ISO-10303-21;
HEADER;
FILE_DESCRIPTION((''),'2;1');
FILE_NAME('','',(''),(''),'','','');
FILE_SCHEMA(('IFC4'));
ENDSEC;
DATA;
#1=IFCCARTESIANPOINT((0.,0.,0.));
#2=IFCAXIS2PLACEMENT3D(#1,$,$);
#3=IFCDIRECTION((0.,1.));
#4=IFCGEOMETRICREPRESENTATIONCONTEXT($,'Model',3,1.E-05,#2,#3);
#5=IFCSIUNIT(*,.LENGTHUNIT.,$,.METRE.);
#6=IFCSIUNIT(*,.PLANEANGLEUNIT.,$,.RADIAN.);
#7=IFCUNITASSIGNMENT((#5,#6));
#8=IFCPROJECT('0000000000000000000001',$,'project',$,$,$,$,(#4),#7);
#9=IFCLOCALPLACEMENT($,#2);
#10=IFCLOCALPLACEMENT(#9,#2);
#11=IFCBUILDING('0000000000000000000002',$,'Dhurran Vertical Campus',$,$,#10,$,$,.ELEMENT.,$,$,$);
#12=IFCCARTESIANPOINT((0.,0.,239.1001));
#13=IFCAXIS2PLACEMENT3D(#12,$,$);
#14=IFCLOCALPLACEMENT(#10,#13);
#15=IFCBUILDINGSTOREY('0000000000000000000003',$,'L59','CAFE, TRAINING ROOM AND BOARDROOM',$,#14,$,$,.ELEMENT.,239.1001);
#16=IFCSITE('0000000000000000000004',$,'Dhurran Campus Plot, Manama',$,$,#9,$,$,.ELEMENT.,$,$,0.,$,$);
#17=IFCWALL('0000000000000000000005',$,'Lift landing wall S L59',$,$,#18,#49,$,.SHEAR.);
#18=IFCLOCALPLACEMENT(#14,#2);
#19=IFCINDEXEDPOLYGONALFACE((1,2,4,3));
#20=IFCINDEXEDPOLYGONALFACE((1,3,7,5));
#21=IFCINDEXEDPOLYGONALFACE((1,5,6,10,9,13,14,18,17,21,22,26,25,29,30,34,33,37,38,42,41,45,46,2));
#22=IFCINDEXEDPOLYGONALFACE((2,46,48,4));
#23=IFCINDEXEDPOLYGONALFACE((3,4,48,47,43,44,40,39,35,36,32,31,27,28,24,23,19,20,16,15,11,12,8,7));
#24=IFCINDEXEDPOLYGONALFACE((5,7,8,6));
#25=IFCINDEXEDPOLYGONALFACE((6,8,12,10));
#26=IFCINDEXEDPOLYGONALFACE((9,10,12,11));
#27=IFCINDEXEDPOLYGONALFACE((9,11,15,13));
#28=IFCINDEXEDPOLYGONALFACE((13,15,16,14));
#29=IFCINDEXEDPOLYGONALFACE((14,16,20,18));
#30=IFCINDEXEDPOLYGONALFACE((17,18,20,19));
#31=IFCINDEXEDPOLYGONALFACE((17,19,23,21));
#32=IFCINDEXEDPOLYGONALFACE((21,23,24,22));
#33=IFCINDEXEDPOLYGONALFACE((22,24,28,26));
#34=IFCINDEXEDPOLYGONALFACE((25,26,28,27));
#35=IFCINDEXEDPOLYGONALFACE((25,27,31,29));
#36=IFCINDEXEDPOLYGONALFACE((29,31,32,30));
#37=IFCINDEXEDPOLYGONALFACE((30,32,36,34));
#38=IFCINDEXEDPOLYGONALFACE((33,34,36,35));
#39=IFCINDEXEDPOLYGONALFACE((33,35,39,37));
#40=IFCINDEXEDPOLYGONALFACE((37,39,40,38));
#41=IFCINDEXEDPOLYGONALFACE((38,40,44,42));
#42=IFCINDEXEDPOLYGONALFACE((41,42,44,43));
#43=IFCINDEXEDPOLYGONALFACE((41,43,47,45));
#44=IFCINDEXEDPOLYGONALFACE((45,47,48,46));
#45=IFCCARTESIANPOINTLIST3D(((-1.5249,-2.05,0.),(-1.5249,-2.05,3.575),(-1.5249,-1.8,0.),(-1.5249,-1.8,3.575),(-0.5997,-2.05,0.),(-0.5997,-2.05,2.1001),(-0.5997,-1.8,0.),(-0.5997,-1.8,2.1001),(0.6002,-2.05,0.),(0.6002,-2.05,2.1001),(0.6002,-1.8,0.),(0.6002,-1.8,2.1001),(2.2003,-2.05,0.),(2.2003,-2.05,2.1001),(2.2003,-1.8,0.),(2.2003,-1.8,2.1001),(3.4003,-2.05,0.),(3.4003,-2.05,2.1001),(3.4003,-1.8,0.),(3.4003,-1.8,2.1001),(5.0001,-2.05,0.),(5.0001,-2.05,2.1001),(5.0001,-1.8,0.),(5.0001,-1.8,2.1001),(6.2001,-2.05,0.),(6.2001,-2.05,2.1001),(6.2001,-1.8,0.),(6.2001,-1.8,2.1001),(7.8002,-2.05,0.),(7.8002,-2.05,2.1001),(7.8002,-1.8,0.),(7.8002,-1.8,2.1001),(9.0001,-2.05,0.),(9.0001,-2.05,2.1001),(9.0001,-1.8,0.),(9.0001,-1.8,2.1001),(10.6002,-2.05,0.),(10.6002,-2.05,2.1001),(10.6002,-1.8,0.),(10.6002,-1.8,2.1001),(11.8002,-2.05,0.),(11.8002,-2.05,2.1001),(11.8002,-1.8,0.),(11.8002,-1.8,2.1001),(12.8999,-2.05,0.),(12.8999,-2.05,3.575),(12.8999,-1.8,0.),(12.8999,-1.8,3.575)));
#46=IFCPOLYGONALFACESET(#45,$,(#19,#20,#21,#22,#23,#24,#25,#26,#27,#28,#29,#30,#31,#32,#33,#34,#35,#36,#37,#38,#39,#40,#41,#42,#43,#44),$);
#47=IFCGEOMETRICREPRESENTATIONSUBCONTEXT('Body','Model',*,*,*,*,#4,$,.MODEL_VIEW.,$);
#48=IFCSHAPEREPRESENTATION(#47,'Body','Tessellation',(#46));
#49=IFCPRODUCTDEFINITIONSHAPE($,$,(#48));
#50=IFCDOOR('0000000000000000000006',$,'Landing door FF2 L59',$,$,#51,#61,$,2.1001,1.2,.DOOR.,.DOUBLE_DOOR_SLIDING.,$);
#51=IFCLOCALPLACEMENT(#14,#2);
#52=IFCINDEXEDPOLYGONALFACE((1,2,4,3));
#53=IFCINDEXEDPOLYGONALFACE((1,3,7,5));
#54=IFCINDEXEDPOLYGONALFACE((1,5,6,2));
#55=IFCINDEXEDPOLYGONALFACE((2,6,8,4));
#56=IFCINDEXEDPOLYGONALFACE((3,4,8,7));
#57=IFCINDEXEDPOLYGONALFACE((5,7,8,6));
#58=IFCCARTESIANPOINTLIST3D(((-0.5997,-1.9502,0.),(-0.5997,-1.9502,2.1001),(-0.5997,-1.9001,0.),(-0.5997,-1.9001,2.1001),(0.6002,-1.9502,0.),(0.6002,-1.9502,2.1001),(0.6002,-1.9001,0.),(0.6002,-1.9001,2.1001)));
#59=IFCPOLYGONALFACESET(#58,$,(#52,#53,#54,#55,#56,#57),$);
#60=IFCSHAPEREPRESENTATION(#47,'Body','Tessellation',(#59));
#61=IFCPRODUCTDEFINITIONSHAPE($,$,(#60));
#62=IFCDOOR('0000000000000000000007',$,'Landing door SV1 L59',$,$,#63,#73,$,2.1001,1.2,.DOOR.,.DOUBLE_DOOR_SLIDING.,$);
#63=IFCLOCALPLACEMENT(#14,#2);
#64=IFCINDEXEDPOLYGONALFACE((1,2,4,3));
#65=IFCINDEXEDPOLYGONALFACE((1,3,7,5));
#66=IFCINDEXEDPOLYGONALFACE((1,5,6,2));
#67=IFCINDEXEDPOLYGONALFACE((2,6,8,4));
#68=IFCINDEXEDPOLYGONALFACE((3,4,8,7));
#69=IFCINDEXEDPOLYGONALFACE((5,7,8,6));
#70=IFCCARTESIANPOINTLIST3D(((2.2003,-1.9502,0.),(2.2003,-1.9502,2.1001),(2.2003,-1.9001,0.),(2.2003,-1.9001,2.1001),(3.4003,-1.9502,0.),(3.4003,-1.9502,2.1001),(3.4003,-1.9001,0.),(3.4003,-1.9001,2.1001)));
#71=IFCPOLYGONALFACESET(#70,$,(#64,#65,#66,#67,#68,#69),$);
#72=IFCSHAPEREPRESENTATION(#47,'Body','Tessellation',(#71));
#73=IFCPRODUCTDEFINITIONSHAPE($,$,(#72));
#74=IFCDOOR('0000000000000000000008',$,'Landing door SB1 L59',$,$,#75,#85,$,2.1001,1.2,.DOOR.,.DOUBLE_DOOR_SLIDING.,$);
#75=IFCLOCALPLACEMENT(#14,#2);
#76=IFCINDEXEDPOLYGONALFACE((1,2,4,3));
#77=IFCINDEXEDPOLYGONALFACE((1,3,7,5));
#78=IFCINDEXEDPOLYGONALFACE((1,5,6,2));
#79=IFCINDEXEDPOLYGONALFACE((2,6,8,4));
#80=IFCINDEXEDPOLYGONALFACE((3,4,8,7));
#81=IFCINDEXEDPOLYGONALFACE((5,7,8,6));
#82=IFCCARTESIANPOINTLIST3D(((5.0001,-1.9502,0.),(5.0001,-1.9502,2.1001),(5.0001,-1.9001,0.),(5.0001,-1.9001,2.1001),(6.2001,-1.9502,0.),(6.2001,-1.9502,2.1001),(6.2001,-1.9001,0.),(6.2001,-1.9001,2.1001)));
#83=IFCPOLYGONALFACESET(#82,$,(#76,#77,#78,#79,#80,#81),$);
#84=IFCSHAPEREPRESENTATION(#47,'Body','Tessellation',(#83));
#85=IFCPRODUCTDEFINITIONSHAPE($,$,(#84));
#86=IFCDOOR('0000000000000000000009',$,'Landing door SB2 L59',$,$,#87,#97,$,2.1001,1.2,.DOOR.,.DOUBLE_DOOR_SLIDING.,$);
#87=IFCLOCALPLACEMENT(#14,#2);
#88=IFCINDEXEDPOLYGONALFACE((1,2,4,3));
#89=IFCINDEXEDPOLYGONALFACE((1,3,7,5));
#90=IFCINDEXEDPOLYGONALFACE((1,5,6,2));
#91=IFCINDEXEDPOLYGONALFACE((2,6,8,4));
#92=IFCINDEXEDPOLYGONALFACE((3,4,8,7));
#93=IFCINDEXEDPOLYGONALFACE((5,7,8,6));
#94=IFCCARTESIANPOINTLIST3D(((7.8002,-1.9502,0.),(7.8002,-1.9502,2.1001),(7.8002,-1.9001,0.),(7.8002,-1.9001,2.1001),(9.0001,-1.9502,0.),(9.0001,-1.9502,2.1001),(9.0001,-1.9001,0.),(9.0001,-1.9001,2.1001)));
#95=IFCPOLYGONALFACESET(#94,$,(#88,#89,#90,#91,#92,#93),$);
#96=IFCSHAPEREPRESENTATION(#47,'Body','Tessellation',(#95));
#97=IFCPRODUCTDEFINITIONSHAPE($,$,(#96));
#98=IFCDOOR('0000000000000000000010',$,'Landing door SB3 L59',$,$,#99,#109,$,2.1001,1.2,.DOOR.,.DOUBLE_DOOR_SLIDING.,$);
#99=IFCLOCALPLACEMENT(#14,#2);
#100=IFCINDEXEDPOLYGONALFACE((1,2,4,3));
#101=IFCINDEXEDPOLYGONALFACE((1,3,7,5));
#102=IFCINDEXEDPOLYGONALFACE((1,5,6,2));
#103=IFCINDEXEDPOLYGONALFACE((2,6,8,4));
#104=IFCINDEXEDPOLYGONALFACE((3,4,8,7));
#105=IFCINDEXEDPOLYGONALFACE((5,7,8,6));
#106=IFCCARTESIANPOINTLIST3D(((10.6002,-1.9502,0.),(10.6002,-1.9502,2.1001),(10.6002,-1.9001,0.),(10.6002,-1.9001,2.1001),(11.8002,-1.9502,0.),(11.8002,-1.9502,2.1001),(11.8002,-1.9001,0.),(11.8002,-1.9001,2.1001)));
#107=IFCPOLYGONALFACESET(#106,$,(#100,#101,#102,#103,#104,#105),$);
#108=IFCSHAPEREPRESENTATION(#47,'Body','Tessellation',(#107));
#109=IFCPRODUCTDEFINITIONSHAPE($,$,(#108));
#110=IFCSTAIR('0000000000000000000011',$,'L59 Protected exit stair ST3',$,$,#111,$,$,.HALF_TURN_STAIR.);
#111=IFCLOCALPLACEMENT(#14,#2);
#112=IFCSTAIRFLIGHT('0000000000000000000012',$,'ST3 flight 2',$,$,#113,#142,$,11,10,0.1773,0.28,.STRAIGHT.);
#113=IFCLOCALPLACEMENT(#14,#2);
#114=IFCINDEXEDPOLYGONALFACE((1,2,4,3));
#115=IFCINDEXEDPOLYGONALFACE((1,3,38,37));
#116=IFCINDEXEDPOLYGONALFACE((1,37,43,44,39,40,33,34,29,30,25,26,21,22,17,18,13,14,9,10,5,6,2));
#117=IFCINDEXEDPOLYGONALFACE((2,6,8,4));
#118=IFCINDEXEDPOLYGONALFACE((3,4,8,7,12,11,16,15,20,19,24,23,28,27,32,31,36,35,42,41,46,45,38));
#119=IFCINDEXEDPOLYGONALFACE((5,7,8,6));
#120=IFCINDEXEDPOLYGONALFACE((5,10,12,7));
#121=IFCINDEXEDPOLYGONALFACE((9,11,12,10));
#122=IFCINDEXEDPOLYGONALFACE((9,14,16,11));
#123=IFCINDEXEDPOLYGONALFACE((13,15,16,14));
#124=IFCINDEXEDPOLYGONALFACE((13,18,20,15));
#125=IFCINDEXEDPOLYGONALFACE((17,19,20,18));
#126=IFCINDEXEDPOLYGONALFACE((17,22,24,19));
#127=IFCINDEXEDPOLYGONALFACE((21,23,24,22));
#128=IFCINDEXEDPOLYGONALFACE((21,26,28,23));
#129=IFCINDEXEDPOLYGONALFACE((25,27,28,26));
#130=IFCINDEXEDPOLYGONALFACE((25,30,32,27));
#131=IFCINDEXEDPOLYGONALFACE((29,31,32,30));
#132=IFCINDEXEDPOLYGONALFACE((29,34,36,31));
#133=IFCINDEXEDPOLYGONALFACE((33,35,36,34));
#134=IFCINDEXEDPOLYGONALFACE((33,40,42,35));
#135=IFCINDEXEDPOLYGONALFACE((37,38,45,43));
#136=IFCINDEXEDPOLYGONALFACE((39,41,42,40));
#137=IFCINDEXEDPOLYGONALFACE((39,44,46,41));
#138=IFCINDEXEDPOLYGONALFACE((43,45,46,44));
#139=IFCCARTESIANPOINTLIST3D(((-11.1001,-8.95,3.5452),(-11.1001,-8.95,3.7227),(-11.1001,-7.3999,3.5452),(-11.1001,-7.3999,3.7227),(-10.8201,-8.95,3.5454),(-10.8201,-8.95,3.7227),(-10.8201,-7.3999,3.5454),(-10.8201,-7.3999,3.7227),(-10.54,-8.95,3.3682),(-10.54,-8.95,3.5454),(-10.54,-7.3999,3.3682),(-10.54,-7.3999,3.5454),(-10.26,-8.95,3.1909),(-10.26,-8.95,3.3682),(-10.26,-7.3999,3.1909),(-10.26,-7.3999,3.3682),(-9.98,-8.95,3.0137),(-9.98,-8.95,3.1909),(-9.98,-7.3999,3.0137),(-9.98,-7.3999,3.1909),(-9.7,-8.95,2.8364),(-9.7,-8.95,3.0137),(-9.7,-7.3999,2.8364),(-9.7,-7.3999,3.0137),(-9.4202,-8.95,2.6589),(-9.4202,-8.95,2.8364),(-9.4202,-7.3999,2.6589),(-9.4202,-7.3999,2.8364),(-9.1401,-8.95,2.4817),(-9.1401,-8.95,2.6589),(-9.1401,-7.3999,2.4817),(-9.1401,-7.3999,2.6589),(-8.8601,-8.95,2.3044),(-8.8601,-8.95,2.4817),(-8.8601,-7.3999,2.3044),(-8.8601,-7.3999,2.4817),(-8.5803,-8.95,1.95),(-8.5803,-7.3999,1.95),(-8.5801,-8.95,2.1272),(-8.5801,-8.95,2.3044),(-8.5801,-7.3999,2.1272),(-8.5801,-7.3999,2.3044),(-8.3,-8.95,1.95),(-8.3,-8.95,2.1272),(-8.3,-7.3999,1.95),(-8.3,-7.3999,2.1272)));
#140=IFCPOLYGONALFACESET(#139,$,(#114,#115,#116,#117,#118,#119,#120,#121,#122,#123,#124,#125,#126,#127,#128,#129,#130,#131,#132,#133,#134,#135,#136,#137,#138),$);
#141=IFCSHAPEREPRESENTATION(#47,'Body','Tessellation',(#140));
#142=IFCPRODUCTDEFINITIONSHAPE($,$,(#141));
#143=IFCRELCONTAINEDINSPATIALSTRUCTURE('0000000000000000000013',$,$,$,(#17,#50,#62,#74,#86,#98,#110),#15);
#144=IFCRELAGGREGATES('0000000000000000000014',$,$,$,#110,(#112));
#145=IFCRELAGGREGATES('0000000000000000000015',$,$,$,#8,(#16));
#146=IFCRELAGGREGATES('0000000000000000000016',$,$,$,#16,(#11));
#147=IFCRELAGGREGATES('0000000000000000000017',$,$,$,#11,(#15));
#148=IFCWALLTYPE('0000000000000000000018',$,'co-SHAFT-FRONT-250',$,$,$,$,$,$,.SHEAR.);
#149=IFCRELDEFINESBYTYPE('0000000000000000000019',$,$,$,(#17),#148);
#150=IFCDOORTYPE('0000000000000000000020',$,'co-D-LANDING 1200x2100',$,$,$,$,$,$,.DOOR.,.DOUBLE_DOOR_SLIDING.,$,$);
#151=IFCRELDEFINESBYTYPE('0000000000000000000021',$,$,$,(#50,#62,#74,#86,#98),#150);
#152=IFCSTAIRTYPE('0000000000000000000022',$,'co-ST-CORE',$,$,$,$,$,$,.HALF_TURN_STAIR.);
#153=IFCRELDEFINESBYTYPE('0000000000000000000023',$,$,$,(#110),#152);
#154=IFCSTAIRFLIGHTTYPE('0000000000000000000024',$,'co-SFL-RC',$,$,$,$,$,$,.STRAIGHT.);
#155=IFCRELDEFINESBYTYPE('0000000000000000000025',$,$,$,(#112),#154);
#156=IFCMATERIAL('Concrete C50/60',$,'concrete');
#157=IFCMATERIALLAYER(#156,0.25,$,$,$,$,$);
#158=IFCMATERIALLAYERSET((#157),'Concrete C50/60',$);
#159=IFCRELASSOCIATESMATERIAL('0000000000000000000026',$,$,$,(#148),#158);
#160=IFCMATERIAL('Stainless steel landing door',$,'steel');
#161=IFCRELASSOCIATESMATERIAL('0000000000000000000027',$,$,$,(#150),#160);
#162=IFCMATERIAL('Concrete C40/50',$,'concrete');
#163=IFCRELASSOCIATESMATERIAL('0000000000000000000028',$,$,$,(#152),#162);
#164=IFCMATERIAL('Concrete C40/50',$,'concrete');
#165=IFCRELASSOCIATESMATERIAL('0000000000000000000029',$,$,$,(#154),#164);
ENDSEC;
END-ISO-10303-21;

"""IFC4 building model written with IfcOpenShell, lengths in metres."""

from ifc_helpers import new_model, si_unit, direction, frame, frame_2d, origin, place, context, subcontext, project, spatial, polyline, rectangle, outline, extrude, material, layer, layer_set, type_object, element, fill, aggregate, save


model = new_model("IFC4")

# Units and contexts
model_context = context("Model", 3, precision=1e-05, world=origin(), true_north=direction((0.0, 1.0)))
body_context = subcontext(model_context, "Body", "Model", "MODEL_VIEW")
ifc_project = project(units=[si_unit("LENGTHUNIT", "METRE"), si_unit("PLANEANGLEUNIT", "RADIAN")], contexts=[model_context])

# Site, building, storey
site_placement = place(None, origin())
site = spatial("IfcSite", under=ifc_project, at=site_placement, Name="Dhurran Campus Plot, Manama", CompositionType="ELEMENT", RefElevation=0.0)
building_placement = place(site_placement, origin())
building = spatial("IfcBuilding", under=site, at=building_placement, Name="Dhurran Vertical Campus", CompositionType="ELEMENT")
storey_placement = place(building_placement, frame((0.0, 0.0, 239.1001)))
storey = spatial("IfcBuildingStorey", under=building, at=storey_placement, Name="L59", Description="CAFE, TRAINING ROOM AND BOARDROOM", CompositionType="ELEMENT", Elevation=239.1001)

# Wall, openings, doors
ifc_material_1 = material(Name="Concrete C50/60", Category="concrete")
ifc_layer_1 = layer(ifc_material_1, 0.25)
ifc_layer_set_1 = layer_set([ifc_layer_1], Name="Concrete C50/60")
wall_type_1 = type_object("IfcWallType", Name="co-SHAFT-FRONT-250", PredefinedType="SHEAR", material=ifc_layer_set_1)
ifc_material_2 = material(Name="Stainless steel landing door", Category="steel")
door_type_1 = type_object("IfcDoorType", Name="co-D-LANDING 1200x2100", OperationType="DOUBLE_DOOR_SLIDING", PredefinedType="DOOR", material=ifc_material_2)
wall_1_placement = place(storey_placement, frame((-1.5249, -1.925, 0.0), z_axis=(0.0, 0.0, 1.0), x_axis=(1.0, 0.0, 0.0)))
wall_1 = element("IfcWall", 1, at=wall_1_placement, inside=storey, type_object=wall_type_1, Name="Lift landing wall S L59", PredefinedType="SHEAR", context=body_context, shape_type="SweptSolid", body=[
    extrude(rectangle(XDim=14.4248, YDim=0.25, at=frame_2d((7.2124, 0.0))), origin(), (0.0, 0.0, 1.0), 3.575),
])
opening_1_placement = place(wall_1_placement, frame((0.925, 0.0, 0.0)))
opening_1 = element("IfcOpeningElement", 2, at=opening_1_placement, cuts=wall_1, PredefinedType="OPENING", context=body_context, shape_type="SweptSolid", body=[
    extrude(rectangle(XDim=1.2, YDim=2.1001, at=frame_2d((0.6001, 1.05))), frame((0.0, 0.135, 0.0), z_axis=(0.0, -1.0, 0.0), x_axis=(1.0, 0.0, 0.0)), (0.0, 0.0, 1.0), 0.27),
])
opening_2_placement = place(wall_1_placement, frame((3.7251, 0.0, 0.0)))
opening_2 = element("IfcOpeningElement", 3, at=opening_2_placement, cuts=wall_1, PredefinedType="OPENING", context=body_context, shape_type="SweptSolid", body=[
    extrude(rectangle(XDim=1.2, YDim=2.1001, at=frame_2d((0.6001, 1.05))), frame((0.0, 0.135, 0.0), z_axis=(0.0, -1.0, 0.0), x_axis=(1.0, 0.0, 0.0)), (0.0, 0.0, 1.0), 0.27),
])
opening_3_placement = place(wall_1_placement, frame((6.5249, 0.0, 0.0)))
opening_3 = element("IfcOpeningElement", 4, at=opening_3_placement, cuts=wall_1, PredefinedType="OPENING", context=body_context, shape_type="SweptSolid", body=[
    extrude(rectangle(XDim=1.2, YDim=2.1001, at=frame_2d((0.6001, 1.05))), frame((0.0, 0.135, 0.0), z_axis=(0.0, -1.0, 0.0), x_axis=(1.0, 0.0, 0.0)), (0.0, 0.0, 1.0), 0.27),
])
opening_4_placement = place(wall_1_placement, frame((9.325, 0.0, 0.0)))
opening_4 = element("IfcOpeningElement", 5, at=opening_4_placement, cuts=wall_1, PredefinedType="OPENING", context=body_context, shape_type="SweptSolid", body=[
    extrude(rectangle(XDim=1.2, YDim=2.1001, at=frame_2d((0.6001, 1.05))), frame((0.0, 0.135, 0.0), z_axis=(0.0, -1.0, 0.0), x_axis=(1.0, 0.0, 0.0)), (0.0, 0.0, 1.0), 0.27),
])
opening_5_placement = place(wall_1_placement, frame((12.125, 0.0, 0.0)))
opening_5 = element("IfcOpeningElement", 6, at=opening_5_placement, cuts=wall_1, PredefinedType="OPENING", context=body_context, shape_type="SweptSolid", body=[
    extrude(rectangle(XDim=1.2, YDim=2.1001, at=frame_2d((0.6001, 1.05))), frame((0.0, 0.135, 0.0), z_axis=(0.0, -1.0, 0.0), x_axis=(1.0, 0.0, 0.0)), (0.0, 0.0, 1.0), 0.27),
])
door_1_placement = place(opening_1_placement, origin())
door_1 = element("IfcDoor", 7, at=door_1_placement, inside=storey, type_object=door_type_1, Name="Landing door FF2 L59", OperationType="DOUBLE_DOOR_SLIDING", OverallHeight=2.1001, OverallWidth=1.2, PredefinedType="DOOR", context=body_context, shape_type="SweptSolid", body=[
    extrude(rectangle(XDim=1.2, YDim=2.1001, at=frame_2d((0.6001, 1.05))), frame((0.0, 0.0249, 0.0), z_axis=(0.0, -1.0, 0.0), x_axis=(1.0, 0.0, 0.0)), (0.0, 0.0, 1.0), 0.05),
])
fill(opening_1, door_1)
door_2_placement = place(opening_2_placement, origin())
door_2 = element("IfcDoor", 8, at=door_2_placement, inside=storey, type_object=door_type_1, Name="Landing door SV1 L59", OperationType="DOUBLE_DOOR_SLIDING", OverallHeight=2.1001, OverallWidth=1.2, PredefinedType="DOOR", context=body_context, shape_type="SweptSolid", body=[
    extrude(rectangle(XDim=1.2, YDim=2.1001, at=frame_2d((0.6001, 1.05))), frame((0.0, 0.0249, 0.0), z_axis=(0.0, -1.0, 0.0), x_axis=(1.0, 0.0, 0.0)), (0.0, 0.0, 1.0), 0.05),
])
fill(opening_2, door_2)
door_3_placement = place(opening_3_placement, origin())
door_3 = element("IfcDoor", 9, at=door_3_placement, inside=storey, type_object=door_type_1, Name="Landing door SB1 L59", OperationType="DOUBLE_DOOR_SLIDING", OverallHeight=2.1001, OverallWidth=1.2, PredefinedType="DOOR", context=body_context, shape_type="SweptSolid", body=[
    extrude(rectangle(XDim=1.2, YDim=2.1001, at=frame_2d((0.6001, 1.05))), frame((0.0, 0.0249, 0.0), z_axis=(0.0, -1.0, 0.0), x_axis=(1.0, 0.0, 0.0)), (0.0, 0.0, 1.0), 0.05),
])
fill(opening_3, door_3)
door_4_placement = place(opening_4_placement, origin())
door_4 = element("IfcDoor", 10, at=door_4_placement, inside=storey, type_object=door_type_1, Name="Landing door SB2 L59", OperationType="DOUBLE_DOOR_SLIDING", OverallHeight=2.1001, OverallWidth=1.2, PredefinedType="DOOR", context=body_context, shape_type="SweptSolid", body=[
    extrude(rectangle(XDim=1.2, YDim=2.1001, at=frame_2d((0.6001, 1.05))), frame((0.0, 0.0249, 0.0), z_axis=(0.0, -1.0, 0.0), x_axis=(1.0, 0.0, 0.0)), (0.0, 0.0, 1.0), 0.05),
])
fill(opening_4, door_4)
door_5_placement = place(opening_5_placement, origin())
door_5 = element("IfcDoor", 11, at=door_5_placement, inside=storey, type_object=door_type_1, Name="Landing door SB3 L59", OperationType="DOUBLE_DOOR_SLIDING", OverallHeight=2.1001, OverallWidth=1.2, PredefinedType="DOOR", context=body_context, shape_type="SweptSolid", body=[
    extrude(rectangle(XDim=1.2, YDim=2.1001, at=frame_2d((0.6001, 1.05))), frame((0.0, 0.0249, 0.0), z_axis=(0.0, -1.0, 0.0), x_axis=(1.0, 0.0, 0.0)), (0.0, 0.0, 1.0), 0.05),
])
fill(opening_5, door_5)

# Stair, stair flight
ifc_material_3 = material(Name="Concrete C40/50", Category="concrete")
stair_type = type_object("IfcStairType", Name="co-ST-CORE", PredefinedType="HALF_TURN_STAIR", material=ifc_material_3)
stair_placement = place(storey_placement, origin())
stair = element("IfcStair", 12, at=stair_placement, inside=storey, type_object=stair_type, Name="L59 Protected exit stair ST3", PredefinedType="HALF_TURN_STAIR")
ifc_material_4 = material(Name="Concrete C40/50", Category="concrete")
stair_flight_type = type_object("IfcStairFlightType", Name="co-SFL-RC", PredefinedType="STRAIGHT", material=ifc_material_4)
stair_flight_placement = place(storey_placement, frame((-8.3, -8.175, 1.95), z_axis=(0.0, 0.0, 1.0), x_axis=(-1.0, 0.0, 0.0)))
stair_flight = element("IfcStairFlight", 13, at=stair_flight_placement, type_object=stair_flight_type, Name="ST3 flight 2", NumberOfRisers=11, NumberOfTreads=10, PredefinedType="STRAIGHT", RiserHeight=0.1773, TreadLength=0.28, context=body_context, shape_type="SweptSolid", body=[
    extrude(outline(polyline([(0.0, 0.0), (0.0, 0.1772), (0.28, 0.1772), (0.28, 0.3545), (0.5601, 0.3545), (0.5601, 0.5317), (0.8401, 0.5317), (0.8401, 0.709), (1.1201, 0.709), (1.1201, 0.8865), (1.3999, 0.8865), (1.3999, 1.0637), (1.6799, 1.0637), (1.6799, 1.241), (1.96, 1.241), (1.96, 1.4182), (2.24, 1.4182), (2.24, 1.5955), (2.52, 1.5955), (2.52, 1.7727), (2.8, 1.7727), (2.8, 1.95), (2.8, 1.5952), (0.2803, 0.0), (0.0, 0.0)])), frame((0.0, 0.7749, 0.0), z_axis=(0.0, -1.0, 0.0), x_axis=(1.0, 0.0, 0.0)), (0.0, 0.0, 1.0), 1.55),
])
aggregate(stair, [stair_flight])

save(model, "model.ifc")
